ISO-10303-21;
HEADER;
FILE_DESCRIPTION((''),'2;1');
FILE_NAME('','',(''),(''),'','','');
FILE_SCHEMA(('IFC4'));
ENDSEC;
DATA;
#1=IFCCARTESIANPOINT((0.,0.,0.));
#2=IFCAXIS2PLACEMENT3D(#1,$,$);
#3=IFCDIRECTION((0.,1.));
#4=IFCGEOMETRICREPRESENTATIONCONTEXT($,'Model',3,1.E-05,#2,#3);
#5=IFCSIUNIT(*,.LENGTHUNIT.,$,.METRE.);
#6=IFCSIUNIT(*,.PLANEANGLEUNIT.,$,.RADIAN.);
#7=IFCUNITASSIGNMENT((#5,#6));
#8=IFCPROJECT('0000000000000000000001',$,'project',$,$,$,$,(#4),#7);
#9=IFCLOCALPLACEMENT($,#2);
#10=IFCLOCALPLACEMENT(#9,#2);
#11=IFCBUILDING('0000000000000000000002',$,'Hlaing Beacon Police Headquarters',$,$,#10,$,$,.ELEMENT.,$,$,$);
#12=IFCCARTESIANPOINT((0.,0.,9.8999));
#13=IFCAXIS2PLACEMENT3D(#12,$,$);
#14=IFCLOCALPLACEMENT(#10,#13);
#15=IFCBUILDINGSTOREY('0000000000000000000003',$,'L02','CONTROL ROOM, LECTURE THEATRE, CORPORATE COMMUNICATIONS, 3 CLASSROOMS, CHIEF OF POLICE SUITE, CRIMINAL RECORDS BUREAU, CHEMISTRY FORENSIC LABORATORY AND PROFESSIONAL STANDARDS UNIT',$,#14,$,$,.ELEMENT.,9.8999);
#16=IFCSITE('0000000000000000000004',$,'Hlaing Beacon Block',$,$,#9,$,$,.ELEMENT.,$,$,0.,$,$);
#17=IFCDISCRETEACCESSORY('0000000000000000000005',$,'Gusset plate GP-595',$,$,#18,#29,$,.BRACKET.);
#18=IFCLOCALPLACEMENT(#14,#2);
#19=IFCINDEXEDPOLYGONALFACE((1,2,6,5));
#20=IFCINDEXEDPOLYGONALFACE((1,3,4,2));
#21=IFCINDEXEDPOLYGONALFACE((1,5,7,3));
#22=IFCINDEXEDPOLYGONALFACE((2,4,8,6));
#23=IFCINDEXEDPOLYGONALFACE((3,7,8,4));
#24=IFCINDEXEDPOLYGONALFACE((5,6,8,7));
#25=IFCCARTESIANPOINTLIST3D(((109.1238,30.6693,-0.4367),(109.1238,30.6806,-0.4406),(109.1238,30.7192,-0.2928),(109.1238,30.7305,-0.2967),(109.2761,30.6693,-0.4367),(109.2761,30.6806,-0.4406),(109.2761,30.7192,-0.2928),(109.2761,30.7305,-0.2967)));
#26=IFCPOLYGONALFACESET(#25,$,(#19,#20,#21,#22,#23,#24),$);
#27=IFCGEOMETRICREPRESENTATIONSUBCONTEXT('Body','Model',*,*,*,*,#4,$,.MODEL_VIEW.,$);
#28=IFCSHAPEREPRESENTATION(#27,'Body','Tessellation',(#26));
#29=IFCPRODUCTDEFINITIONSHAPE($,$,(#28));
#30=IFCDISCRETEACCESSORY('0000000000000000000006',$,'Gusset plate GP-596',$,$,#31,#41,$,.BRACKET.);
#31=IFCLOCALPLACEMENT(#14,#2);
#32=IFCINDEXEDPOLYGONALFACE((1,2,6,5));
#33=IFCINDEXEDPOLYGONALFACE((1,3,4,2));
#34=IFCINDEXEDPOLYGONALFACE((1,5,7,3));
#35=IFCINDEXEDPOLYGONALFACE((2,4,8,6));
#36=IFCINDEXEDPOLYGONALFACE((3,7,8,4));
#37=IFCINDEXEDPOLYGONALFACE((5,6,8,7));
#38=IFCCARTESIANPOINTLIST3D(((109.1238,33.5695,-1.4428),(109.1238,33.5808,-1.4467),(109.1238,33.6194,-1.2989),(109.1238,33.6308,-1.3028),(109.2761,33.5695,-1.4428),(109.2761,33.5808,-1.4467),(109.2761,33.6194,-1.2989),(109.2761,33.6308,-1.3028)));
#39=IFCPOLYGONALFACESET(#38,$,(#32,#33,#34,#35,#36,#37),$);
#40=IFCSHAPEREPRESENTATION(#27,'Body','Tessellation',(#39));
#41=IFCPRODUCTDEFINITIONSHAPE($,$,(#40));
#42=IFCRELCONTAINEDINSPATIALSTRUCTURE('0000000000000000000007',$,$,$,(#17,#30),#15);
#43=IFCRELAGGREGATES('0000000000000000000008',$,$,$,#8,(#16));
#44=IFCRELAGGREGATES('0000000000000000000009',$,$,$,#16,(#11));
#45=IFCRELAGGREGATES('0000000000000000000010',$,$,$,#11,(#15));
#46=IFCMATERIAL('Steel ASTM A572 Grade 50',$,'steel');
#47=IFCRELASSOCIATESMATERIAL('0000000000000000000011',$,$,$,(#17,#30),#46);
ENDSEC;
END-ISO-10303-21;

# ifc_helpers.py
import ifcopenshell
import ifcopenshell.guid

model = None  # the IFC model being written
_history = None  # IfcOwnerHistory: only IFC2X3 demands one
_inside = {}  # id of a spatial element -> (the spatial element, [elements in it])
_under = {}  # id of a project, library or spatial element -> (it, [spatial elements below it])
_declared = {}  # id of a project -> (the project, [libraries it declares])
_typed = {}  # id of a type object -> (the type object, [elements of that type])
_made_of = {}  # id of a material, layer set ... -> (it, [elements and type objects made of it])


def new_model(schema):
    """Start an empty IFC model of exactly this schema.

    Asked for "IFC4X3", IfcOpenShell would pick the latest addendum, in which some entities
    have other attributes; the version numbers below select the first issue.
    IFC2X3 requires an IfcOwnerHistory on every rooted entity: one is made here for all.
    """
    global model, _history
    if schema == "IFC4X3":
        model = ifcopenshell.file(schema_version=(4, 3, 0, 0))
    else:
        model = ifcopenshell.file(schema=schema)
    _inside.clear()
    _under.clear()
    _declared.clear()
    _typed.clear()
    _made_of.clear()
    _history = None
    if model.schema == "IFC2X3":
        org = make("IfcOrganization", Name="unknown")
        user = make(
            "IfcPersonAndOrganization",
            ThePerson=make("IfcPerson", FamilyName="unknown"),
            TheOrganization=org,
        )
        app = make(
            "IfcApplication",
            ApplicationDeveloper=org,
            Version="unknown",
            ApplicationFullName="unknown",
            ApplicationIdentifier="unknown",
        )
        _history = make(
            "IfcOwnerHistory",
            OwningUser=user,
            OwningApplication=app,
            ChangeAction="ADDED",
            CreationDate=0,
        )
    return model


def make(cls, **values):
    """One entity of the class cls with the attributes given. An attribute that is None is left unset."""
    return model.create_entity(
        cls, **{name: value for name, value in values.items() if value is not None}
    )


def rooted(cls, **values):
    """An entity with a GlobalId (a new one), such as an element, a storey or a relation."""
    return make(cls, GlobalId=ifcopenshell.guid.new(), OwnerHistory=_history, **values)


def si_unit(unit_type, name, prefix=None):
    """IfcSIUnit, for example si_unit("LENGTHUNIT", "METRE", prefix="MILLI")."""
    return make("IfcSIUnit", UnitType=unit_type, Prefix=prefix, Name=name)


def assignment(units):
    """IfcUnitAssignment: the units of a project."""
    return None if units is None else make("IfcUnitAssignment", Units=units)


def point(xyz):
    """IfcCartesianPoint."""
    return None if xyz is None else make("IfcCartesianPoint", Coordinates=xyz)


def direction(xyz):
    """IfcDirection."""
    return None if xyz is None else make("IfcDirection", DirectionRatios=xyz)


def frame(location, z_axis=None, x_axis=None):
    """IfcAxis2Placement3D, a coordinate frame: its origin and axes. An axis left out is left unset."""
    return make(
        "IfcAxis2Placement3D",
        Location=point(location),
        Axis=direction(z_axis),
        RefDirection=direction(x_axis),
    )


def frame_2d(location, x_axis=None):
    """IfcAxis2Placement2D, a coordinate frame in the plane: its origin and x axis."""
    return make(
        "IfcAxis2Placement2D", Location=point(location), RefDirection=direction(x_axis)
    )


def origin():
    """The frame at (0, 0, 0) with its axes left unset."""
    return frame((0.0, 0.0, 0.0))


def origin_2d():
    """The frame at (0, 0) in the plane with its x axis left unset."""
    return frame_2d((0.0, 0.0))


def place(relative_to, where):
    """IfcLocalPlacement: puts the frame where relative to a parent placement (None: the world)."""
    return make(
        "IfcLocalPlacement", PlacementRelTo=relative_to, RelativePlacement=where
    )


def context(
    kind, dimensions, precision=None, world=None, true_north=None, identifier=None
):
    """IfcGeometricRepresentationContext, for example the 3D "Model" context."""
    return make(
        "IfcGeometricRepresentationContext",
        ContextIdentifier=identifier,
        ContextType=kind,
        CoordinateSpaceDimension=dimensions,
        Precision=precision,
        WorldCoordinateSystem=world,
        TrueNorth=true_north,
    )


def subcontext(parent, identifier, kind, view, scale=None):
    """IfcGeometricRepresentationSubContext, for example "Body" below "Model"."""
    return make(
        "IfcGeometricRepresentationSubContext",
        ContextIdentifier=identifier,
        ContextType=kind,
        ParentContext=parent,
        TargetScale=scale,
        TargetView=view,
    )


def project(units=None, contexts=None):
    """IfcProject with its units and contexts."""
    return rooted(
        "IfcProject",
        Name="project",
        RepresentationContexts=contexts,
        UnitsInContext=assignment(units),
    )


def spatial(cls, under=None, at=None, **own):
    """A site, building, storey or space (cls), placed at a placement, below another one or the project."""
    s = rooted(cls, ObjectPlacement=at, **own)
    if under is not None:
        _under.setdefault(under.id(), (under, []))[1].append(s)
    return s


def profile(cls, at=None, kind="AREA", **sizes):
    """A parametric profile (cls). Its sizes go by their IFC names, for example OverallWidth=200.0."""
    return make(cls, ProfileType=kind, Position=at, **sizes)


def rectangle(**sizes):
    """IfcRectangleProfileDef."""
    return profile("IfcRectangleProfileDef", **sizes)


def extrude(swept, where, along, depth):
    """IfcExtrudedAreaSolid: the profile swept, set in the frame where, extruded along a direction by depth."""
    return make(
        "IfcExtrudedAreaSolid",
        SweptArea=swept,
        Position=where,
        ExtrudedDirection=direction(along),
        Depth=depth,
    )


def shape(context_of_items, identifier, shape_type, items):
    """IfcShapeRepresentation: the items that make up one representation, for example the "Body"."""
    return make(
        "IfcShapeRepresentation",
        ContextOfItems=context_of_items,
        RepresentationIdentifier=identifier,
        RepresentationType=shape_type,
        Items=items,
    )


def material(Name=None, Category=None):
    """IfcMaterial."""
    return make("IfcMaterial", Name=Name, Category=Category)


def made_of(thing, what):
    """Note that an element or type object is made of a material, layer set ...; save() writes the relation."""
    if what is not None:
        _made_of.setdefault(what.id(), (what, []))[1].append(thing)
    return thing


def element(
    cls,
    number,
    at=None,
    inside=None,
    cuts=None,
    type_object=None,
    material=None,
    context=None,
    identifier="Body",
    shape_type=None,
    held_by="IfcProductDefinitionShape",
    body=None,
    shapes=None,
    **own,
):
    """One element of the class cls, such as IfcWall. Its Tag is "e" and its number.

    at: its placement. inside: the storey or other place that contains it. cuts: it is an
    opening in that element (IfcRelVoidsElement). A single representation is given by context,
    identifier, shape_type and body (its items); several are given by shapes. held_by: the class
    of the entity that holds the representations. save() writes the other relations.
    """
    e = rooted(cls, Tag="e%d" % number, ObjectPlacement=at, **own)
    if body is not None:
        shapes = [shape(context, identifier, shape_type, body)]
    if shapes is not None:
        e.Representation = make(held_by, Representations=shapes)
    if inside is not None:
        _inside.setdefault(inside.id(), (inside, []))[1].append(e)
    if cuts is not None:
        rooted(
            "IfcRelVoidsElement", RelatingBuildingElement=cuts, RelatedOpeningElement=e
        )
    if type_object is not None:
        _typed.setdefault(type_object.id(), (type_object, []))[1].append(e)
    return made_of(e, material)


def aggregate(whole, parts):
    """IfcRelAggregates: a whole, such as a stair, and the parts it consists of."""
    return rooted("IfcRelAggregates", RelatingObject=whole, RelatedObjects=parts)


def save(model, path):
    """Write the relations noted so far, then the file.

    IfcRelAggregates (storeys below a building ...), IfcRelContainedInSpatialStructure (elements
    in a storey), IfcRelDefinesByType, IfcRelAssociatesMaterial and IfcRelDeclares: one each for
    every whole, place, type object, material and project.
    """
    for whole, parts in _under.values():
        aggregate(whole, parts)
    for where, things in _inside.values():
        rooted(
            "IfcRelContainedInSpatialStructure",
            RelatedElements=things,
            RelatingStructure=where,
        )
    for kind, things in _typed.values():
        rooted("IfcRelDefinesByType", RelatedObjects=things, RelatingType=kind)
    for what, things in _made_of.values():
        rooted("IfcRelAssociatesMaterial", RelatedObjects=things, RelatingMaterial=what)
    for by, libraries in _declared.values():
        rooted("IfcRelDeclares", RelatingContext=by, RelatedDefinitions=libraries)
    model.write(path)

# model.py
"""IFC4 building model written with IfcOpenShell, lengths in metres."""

from ifc_helpers import new_model, si_unit, direction, frame, origin, origin_2d, place, context, subcontext, project, spatial, rectangle, extrude, material, element, save


model = new_model("IFC4")

# Units and contexts
model_context = context("Model", 3, precision=1e-05, world=origin(), true_north=direction((0.0, 1.0)))
body_context = subcontext(model_context, "Body", "Model", "MODEL_VIEW")
ifc_project = project(units=[si_unit("LENGTHUNIT", "METRE"), si_unit("PLANEANGLEUNIT", "RADIAN")], contexts=[model_context])

# Site, building, storey
site_placement = place(None, origin())
site = spatial("IfcSite", under=ifc_project, at=site_placement, Name="Hlaing Beacon Block", CompositionType="ELEMENT", RefElevation=0.0)
building_placement = place(site_placement, origin())
building = spatial("IfcBuilding", under=site, at=building_placement, Name="Hlaing Beacon Police Headquarters", CompositionType="ELEMENT")
storey_placement = place(building_placement, frame((0.0, 0.0, 9.8999)))
storey = spatial("IfcBuildingStorey", under=building, at=storey_placement, Name="L02", Description="CONTROL ROOM, LECTURE THEATRE, CORPORATE COMMUNICATIONS, 3 CLASSROOMS, CHIEF OF POLICE SUITE, CRIMINAL RECORDS BUREAU, CHEMISTRY FORENSIC LABORATORY AND PROFESSIONAL STANDARDS UNIT", CompositionType="ELEMENT", Elevation=9.8999)

# Discrete accessories
ifc_material_1 = material(Name="Steel ASTM A572 Grade 50", Category="steel")
for number, where, z_axis, x_axis, name in (
    (1, (109.2, 30.7056, -0.3687), (0.0, -0.944764, 0.327752), (1.0, 0.0, 0.0), "Gusset plate GP-595"),
    (2, (109.2, 33.5945, -1.3708), (0.0, 0.944764, -0.327752), (-1.0, 0.0, 0.0), "Gusset plate GP-596"),
):
    element("IfcDiscreteAccessory", number, at=place(storey_placement, frame(where, z_axis=z_axis, x_axis=x_axis)), inside=storey, material=ifc_material_1, Name=name, PredefinedType="BRACKET", context=body_context, shape_type="SweptSolid", body=[
        extrude(rectangle(XDim=0.1523, YDim=0.1523, at=origin_2d()), origin(), (0.0, 0.0, 1.0), 0.012),
    ])

save(model, "model.ifc")
